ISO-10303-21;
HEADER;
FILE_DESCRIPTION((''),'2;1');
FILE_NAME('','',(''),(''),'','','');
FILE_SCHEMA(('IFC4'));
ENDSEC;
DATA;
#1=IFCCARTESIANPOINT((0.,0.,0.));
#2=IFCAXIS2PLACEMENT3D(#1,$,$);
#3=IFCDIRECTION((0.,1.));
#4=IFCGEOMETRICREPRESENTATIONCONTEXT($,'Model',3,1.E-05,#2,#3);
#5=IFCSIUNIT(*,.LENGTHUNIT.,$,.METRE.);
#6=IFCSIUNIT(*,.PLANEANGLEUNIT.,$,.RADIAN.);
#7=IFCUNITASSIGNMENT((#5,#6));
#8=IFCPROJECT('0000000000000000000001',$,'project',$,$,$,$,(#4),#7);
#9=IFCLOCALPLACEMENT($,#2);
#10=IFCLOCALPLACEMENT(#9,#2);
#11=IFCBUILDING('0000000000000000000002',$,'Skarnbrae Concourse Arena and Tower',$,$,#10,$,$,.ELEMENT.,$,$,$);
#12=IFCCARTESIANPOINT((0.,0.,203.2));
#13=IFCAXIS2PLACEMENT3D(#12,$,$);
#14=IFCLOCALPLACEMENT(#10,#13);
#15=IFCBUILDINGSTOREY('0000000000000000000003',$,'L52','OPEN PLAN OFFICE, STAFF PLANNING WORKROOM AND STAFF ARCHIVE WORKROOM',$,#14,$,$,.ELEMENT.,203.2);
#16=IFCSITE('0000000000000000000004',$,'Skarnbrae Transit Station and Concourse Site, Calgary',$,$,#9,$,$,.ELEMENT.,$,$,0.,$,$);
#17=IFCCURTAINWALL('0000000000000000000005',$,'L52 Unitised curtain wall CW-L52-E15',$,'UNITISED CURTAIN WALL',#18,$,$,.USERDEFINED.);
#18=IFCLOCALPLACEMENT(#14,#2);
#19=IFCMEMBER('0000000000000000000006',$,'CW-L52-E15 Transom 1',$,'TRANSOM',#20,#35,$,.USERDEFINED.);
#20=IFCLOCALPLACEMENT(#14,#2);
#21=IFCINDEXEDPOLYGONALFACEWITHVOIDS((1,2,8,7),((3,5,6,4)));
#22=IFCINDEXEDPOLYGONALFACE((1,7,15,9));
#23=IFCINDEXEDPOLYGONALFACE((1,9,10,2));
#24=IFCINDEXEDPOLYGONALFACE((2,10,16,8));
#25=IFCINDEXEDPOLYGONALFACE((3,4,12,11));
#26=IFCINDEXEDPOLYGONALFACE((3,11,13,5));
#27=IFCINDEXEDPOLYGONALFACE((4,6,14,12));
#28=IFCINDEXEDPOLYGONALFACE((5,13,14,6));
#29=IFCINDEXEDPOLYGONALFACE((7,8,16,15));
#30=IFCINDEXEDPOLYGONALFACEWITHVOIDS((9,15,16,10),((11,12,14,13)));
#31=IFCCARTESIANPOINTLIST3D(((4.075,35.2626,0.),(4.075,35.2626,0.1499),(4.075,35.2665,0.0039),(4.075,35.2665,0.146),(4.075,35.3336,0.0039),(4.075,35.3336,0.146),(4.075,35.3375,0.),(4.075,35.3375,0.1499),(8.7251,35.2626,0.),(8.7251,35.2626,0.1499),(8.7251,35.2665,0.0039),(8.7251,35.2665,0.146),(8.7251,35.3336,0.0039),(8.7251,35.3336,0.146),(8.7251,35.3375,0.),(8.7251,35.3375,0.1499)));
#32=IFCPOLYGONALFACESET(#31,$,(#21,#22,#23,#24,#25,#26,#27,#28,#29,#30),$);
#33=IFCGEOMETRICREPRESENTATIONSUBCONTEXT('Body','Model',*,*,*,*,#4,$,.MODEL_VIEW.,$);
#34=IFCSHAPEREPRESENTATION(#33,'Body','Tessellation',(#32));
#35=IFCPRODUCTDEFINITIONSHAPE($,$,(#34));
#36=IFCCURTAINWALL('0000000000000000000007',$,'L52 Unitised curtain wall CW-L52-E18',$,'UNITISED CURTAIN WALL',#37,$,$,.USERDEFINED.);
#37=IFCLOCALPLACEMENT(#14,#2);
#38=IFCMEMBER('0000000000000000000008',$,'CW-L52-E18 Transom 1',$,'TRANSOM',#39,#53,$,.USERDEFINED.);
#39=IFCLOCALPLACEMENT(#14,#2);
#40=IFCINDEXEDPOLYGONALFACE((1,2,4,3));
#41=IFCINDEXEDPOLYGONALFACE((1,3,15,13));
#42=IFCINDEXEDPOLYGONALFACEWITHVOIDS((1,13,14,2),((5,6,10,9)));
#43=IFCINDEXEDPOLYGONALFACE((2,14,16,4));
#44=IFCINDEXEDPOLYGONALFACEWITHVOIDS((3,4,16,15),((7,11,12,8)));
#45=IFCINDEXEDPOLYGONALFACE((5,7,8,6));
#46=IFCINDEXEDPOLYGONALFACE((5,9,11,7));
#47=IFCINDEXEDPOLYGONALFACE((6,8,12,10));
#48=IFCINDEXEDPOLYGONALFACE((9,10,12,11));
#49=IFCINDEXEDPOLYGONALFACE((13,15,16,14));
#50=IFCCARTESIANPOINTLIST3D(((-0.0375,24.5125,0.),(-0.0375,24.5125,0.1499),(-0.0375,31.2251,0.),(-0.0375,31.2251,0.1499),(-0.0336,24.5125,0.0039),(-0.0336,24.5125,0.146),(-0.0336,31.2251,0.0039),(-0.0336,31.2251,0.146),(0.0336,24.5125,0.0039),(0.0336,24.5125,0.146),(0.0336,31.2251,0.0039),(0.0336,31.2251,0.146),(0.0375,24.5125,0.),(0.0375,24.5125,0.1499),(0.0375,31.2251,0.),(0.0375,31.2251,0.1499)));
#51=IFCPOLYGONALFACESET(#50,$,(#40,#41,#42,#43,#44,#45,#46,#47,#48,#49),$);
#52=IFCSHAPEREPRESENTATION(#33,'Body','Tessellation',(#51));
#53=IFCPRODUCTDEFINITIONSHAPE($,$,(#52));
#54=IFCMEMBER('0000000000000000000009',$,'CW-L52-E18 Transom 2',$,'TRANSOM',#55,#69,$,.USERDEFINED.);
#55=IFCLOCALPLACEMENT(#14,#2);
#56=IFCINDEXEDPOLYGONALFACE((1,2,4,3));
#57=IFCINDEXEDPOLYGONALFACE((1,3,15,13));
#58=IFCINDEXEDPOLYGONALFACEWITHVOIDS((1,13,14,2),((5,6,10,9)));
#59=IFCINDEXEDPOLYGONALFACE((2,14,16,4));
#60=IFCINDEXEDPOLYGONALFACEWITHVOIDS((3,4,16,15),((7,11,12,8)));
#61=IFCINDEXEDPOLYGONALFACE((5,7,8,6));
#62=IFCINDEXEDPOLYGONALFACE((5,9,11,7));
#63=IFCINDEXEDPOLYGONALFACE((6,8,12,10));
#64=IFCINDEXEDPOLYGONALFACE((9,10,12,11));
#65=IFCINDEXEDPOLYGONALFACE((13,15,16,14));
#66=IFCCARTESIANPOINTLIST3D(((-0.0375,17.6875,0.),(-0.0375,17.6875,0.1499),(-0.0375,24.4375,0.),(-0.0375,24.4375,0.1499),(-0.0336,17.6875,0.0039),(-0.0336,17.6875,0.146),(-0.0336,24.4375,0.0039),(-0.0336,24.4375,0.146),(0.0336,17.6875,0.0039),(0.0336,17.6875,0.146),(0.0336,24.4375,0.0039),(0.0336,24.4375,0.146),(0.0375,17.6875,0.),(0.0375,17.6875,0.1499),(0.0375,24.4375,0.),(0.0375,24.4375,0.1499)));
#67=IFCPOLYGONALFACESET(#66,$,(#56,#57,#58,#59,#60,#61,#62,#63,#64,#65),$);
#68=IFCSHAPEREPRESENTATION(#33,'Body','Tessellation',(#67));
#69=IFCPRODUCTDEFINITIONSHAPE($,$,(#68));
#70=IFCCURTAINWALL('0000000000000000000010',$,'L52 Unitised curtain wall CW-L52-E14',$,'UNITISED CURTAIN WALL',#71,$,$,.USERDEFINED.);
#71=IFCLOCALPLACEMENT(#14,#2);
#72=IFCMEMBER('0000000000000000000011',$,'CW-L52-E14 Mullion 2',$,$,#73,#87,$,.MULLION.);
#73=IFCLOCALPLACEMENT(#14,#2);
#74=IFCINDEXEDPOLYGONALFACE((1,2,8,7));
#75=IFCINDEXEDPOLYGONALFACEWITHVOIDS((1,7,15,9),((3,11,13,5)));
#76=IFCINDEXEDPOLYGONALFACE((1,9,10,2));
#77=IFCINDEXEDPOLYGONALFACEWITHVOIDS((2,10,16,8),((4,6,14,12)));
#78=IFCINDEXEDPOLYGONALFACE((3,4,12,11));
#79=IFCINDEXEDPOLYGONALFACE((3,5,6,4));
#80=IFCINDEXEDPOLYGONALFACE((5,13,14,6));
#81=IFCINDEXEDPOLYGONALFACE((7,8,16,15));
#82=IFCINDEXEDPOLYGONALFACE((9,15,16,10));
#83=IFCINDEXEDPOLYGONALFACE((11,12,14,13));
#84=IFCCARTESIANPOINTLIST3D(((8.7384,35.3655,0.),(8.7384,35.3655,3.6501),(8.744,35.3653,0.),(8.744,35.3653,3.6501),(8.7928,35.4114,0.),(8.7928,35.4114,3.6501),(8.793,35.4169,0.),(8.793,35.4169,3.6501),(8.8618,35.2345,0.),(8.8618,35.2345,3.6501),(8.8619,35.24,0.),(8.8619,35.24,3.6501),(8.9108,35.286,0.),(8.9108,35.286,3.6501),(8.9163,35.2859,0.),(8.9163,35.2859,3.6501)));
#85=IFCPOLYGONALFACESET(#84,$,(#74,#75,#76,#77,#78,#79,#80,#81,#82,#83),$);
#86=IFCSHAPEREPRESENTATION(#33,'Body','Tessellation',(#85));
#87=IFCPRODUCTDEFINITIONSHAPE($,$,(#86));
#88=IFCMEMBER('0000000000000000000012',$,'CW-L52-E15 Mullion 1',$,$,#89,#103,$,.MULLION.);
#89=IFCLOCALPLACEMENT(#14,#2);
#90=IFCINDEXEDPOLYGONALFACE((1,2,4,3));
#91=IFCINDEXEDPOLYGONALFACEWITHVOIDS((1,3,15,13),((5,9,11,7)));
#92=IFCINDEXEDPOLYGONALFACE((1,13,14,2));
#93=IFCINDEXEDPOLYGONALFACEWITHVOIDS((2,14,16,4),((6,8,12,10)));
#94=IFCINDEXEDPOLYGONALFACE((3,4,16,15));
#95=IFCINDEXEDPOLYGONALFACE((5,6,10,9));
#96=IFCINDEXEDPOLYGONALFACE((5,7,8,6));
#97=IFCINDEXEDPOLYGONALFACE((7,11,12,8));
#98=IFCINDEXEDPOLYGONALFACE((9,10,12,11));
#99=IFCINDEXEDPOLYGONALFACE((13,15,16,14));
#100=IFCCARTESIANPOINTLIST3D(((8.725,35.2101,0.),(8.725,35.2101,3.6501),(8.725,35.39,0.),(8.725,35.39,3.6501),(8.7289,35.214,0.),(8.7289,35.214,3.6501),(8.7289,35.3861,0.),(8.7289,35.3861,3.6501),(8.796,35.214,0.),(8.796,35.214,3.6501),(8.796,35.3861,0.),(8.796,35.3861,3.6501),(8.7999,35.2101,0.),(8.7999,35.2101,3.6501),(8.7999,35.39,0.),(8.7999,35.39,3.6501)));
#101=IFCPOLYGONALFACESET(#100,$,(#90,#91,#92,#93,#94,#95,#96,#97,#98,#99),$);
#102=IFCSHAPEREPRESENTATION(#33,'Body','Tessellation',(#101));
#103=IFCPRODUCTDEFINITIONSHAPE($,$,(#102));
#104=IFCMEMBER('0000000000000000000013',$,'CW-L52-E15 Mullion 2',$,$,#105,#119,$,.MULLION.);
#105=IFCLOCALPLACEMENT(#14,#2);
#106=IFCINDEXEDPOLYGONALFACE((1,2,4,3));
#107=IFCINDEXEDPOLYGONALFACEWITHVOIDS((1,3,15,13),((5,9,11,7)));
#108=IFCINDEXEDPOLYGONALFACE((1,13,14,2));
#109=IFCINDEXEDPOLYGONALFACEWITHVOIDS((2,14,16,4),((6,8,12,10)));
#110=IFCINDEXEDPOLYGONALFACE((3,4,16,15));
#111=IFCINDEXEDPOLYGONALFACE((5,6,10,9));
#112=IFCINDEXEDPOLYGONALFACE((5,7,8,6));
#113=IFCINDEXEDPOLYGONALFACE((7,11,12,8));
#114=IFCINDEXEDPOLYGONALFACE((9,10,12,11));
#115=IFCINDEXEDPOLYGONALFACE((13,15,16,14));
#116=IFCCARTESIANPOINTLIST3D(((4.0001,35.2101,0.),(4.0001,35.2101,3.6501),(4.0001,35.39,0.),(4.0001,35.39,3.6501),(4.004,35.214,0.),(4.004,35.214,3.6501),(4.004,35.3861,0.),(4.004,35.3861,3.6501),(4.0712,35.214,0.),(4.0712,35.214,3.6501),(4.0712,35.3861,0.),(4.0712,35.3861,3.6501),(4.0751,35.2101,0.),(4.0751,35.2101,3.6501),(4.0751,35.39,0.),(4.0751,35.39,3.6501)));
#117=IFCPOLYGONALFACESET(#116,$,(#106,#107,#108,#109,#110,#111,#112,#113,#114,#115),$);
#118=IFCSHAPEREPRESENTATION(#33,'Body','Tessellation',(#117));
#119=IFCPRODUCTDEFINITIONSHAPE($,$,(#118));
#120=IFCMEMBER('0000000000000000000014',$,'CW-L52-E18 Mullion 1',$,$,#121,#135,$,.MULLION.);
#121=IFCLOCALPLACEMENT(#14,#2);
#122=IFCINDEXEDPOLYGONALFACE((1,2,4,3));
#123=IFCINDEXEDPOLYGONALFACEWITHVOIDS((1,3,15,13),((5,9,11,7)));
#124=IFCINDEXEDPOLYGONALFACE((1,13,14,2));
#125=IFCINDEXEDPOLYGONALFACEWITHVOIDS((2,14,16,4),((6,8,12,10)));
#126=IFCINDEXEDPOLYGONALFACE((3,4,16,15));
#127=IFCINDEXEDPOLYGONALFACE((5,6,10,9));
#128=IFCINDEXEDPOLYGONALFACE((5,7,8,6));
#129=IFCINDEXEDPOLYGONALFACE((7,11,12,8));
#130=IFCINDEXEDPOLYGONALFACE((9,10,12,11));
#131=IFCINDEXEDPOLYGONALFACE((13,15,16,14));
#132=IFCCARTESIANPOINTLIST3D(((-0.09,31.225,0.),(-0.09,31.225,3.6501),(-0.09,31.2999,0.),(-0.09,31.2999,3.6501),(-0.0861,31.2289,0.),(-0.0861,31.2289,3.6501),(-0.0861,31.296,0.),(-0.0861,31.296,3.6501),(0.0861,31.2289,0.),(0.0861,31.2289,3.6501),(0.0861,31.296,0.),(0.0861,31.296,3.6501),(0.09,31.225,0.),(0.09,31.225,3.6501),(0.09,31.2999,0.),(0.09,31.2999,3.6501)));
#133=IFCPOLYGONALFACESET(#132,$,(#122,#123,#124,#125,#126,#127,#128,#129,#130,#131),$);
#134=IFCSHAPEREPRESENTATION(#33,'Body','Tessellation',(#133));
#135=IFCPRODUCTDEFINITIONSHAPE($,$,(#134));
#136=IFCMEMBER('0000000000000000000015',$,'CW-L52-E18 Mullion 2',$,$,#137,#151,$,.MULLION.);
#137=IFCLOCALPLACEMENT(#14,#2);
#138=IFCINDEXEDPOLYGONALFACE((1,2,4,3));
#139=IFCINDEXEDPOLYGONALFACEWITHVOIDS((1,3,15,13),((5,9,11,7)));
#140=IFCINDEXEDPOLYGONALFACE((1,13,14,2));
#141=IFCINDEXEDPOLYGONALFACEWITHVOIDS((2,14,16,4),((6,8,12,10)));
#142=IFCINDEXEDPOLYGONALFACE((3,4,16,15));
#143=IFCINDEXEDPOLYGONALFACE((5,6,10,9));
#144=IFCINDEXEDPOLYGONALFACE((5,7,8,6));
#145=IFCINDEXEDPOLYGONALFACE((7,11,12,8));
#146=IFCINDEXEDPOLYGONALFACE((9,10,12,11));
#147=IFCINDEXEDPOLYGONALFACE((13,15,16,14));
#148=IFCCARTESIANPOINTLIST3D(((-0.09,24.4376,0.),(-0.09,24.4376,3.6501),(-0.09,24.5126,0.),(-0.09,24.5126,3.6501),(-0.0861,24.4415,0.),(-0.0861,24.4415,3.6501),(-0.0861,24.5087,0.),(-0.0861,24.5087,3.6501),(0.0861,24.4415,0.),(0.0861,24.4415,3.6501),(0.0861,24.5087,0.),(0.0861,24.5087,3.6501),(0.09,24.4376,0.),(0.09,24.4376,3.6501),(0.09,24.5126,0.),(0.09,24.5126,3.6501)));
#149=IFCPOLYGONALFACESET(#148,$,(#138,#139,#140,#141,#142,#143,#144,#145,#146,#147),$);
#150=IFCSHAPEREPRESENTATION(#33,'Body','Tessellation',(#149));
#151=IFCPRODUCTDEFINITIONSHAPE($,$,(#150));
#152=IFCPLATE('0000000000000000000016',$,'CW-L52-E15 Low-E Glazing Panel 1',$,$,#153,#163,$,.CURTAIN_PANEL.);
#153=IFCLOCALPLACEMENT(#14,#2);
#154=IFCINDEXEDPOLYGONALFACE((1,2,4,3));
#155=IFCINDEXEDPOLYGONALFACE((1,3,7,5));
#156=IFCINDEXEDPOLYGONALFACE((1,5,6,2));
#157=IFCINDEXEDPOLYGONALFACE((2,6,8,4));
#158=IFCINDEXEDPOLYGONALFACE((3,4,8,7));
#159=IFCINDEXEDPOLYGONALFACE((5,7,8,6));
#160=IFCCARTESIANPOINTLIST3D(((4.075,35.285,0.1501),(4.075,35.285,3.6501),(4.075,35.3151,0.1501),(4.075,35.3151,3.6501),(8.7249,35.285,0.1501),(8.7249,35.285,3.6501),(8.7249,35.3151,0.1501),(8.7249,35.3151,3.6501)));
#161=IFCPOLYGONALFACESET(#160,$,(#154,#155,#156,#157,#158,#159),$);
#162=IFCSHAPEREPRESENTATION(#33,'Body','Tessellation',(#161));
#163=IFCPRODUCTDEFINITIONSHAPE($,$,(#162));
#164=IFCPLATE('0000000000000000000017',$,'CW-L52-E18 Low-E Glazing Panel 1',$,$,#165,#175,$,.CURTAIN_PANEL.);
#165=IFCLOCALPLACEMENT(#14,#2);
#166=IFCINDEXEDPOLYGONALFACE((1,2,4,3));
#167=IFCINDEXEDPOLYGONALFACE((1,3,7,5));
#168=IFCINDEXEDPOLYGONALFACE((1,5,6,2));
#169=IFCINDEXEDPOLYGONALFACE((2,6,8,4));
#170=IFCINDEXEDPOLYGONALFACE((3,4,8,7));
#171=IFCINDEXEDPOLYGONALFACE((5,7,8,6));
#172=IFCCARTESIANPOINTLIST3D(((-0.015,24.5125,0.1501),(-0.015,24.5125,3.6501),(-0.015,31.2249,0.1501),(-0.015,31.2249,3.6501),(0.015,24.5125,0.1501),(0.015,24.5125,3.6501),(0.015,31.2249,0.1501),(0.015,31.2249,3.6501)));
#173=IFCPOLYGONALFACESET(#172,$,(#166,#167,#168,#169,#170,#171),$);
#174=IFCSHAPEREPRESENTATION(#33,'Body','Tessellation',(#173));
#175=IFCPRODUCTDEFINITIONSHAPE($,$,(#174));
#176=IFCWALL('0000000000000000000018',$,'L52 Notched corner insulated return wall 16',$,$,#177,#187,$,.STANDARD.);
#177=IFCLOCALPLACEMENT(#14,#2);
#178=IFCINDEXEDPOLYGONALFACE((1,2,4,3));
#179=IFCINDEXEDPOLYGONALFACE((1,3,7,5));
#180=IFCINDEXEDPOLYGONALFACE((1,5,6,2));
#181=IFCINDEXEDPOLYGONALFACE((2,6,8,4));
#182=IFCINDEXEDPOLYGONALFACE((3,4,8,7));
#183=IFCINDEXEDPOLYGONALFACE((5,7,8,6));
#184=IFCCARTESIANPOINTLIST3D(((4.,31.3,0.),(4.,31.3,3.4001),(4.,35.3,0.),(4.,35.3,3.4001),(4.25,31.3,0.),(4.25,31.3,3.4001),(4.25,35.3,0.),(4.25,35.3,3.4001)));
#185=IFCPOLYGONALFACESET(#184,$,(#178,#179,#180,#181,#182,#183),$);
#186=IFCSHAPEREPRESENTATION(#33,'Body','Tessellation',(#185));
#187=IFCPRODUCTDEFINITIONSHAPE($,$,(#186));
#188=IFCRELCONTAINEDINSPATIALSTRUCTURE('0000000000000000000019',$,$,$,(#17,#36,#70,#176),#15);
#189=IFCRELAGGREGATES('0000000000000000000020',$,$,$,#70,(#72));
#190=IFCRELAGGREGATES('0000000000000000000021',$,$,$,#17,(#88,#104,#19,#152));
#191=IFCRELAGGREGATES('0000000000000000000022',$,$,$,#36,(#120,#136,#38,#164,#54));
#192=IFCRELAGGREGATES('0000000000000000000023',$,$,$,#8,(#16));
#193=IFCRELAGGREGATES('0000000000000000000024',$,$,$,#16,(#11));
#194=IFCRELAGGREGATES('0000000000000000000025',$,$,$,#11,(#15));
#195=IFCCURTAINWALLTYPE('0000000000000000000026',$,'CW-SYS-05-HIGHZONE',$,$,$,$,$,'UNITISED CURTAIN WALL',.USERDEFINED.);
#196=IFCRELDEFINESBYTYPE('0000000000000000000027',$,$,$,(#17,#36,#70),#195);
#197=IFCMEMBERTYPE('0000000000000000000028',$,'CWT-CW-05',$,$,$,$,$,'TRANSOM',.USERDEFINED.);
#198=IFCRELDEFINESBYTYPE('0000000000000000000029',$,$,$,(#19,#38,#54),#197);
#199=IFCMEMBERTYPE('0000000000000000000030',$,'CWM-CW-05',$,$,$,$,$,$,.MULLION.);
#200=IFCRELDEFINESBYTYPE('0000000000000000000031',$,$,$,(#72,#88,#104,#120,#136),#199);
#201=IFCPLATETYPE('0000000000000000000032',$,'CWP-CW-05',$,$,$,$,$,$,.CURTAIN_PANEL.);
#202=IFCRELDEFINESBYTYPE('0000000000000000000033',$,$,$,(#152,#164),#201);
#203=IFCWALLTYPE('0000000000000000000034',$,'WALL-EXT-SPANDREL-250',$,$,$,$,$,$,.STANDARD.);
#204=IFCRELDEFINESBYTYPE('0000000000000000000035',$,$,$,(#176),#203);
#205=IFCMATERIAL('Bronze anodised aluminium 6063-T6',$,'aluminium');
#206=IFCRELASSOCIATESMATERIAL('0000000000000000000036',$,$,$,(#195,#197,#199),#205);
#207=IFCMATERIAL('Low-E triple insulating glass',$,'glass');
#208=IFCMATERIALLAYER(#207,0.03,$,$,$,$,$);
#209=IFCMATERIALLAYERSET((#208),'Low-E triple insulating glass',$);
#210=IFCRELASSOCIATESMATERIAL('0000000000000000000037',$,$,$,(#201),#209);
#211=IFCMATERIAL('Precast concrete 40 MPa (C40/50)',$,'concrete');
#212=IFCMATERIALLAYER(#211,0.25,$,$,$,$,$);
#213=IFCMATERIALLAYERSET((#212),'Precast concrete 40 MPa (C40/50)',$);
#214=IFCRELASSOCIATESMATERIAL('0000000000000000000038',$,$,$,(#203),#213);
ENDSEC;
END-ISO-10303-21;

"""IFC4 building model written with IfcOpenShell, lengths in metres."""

from ifc_helpers import new_model, si_unit, direction, frame, frame_2d, origin, origin_2d, place, context, subcontext, project, spatial, rectangle, hollow_rectangle, extrude, source, transform, mapped, material, layer, layer_set, material_profile, profile_set, type_object, element, aggregate, save


model = new_model("IFC4")

# Units and contexts
model_context = context("Model", 3, precision=1e-05, world=origin(), true_north=direction((0.0, 1.0)))
body_context = subcontext(model_context, "Body", "Model", "MODEL_VIEW")
ifc_project = project(units=[si_unit("LENGTHUNIT", "METRE"), si_unit("PLANEANGLEUNIT", "RADIAN")], contexts=[model_context])

# Site, building, storey
site_placement = place(None, origin())
site = spatial("IfcSite", under=ifc_project, at=site_placement, Name="Skarnbrae Transit Station and Concourse Site, Calgary", CompositionType="ELEMENT", RefElevation=0.0)
building_placement = place(site_placement, origin())
building = spatial("IfcBuilding", under=site, at=building_placement, Name="Skarnbrae Concourse Arena and Tower", CompositionType="ELEMENT")
storey_placement = place(building_placement, frame((0.0, 0.0, 203.2)))
storey = spatial("IfcBuildingStorey", under=building, at=storey_placement, Name="L52", Description="OPEN PLAN OFFICE, STAFF PLANNING WORKROOM AND STAFF ARCHIVE WORKROOM", CompositionType="ELEMENT", Elevation=203.2)

# Curtain wall, member
ifc_material_1 = material(Name="Bronze anodised aluminium 6063-T6", Category="aluminium")
curtain_wall_type = type_object("IfcCurtainWallType", Name="CW-SYS-05-HIGHZONE", ElementType="UNITISED CURTAIN WALL", PredefinedType="USERDEFINED", material=ifc_material_1)
curtain_wall_1_placement = place(storey_placement, origin())
curtain_wall_1 = element("IfcCurtainWall", 1, at=curtain_wall_1_placement, inside=storey, type_object=curtain_wall_type, Name="L52 Unitised curtain wall CW-L52-E15", ObjectType="UNITISED CURTAIN WALL", PredefinedType="USERDEFINED")
ifc_material_profile_1 = material_profile(ifc_material_1, hollow_rectangle(XDim=0.075, YDim=0.1499, WallThickness=0.0039, at=origin_2d()), Name="ALU-TRAN-75X150")
ifc_profile_set_1 = profile_set([ifc_material_profile_1], Name="Bronze anodised aluminium 6063-T6")
member_type_1 = type_object("IfcMemberType", Name="CWT-CW-05", ElementType="TRANSOM", PredefinedType="USERDEFINED", material=ifc_profile_set_1)
shared_shape_1 = source(origin(), body_context, "Body", "SweptSolid", [
    extrude(hollow_rectangle(XDim=0.075, YDim=0.1499, WallThickness=0.0039, at=origin_2d()), origin(), (0.0, 0.0, 1.0), 4.6501),
])
member_1_placement = place(storey_placement, frame((8.7251, 35.3, 0.075), z_axis=(-1.0, 0.0, 0.0), x_axis=(0.0, -1.0, 0.0)))
member_1 = element("IfcMember", 2, at=member_1_placement, type_object=member_type_1, Name="CW-L52-E15 Transom 1", ObjectType="TRANSOM", PredefinedType="USERDEFINED", context=body_context, shape_type="MappedRepresentation", body=[
    mapped(shared_shape_1, transform((0.0, 0.0, 0.0))),
])

# Curtain wall, members
curtain_wall_2_placement = place(storey_placement, origin())
curtain_wall_2 = element("IfcCurtainWall", 3, at=curtain_wall_2_placement, inside=storey, type_object=curtain_wall_type, Name="L52 Unitised curtain wall CW-L52-E18", ObjectType="UNITISED CURTAIN WALL", PredefinedType="USERDEFINED")
shared_shape_2 = source(origin(), body_context, "Body", "SweptSolid", [
    extrude(hollow_rectangle(XDim=0.075, YDim=0.1499, WallThickness=0.0039, at=origin_2d()), origin(), (0.0, 0.0, 1.0), 6.7126),
])
member_2_placement = place(storey_placement, frame((0.0, 31.2251, 0.075), z_axis=(0.0, -1.0, 0.0), x_axis=(1.0, 0.0, 0.0)))
member_2 = element("IfcMember", 4, at=member_2_placement, type_object=member_type_1, Name="CW-L52-E18 Transom 1", ObjectType="TRANSOM", PredefinedType="USERDEFINED", context=body_context, shape_type="MappedRepresentation", body=[
    mapped(shared_shape_2, transform((0.0, 0.0, 0.0))),
])
shared_shape_3 = source(origin(), body_context, "Body", "SweptSolid", [
    extrude(hollow_rectangle(XDim=0.075, YDim=0.1499, WallThickness=0.0039, at=origin_2d()), origin(), (0.0, 0.0, 1.0), 6.75),
])
member_3_placement = place(storey_placement, frame((0.0, 24.4375, 0.075), z_axis=(0.0, -1.0, 0.0), x_axis=(1.0, 0.0, 0.0)))
member_3 = element("IfcMember", 5, at=member_3_placement, type_object=member_type_1, Name="CW-L52-E18 Transom 2", ObjectType="TRANSOM", PredefinedType="USERDEFINED", context=body_context, shape_type="MappedRepresentation", body=[
    mapped(shared_shape_3, transform((0.0, 0.0, 0.0))),
])

# Curtain wall, member
curtain_wall_3_placement = place(storey_placement, origin())
curtain_wall_3 = element("IfcCurtainWall", 6, at=curtain_wall_3_placement, inside=storey, type_object=curtain_wall_type, Name="L52 Unitised curtain wall CW-L52-E14", ObjectType="UNITISED CURTAIN WALL", PredefinedType="USERDEFINED")
ifc_material_profile_2 = material_profile(ifc_material_1, hollow_rectangle(XDim=0.075, YDim=0.1799, WallThickness=0.0039, at=origin_2d()), Name="ALU-MULL-75X180")
ifc_profile_set_2 = profile_set([ifc_material_profile_2], Name="Bronze anodised aluminium 6063-T6")
member_type_2 = type_object("IfcMemberType", Name="CWM-CW-05", PredefinedType="MULLION", material=ifc_profile_set_2)
shared_shape_4 = source(origin(), body_context, "Body", "SweptSolid", [
    extrude(hollow_rectangle(XDim=0.075, YDim=0.1799, WallThickness=0.0039, at=origin_2d()), origin(), (0.0, 0.0, 1.0), 3.6501),
])
member_4_placement = place(storey_placement, frame((8.8274, 35.3257, 0.0), z_axis=(0.0, 0.0, 1.0), x_axis=(-0.728131, -0.685438, 0.0)))
member_4 = element("IfcMember", 7, at=member_4_placement, type_object=member_type_2, Name="CW-L52-E14 Mullion 2", PredefinedType="MULLION", context=body_context, shape_type="MappedRepresentation", body=[
    mapped(shared_shape_4, transform((0.0, 0.0, 0.0))),
])
aggregate(curtain_wall_3, [member_4])

# Members
member_5_placement = place(storey_placement, frame((8.7625, 35.3, 0.0), z_axis=(0.0, 0.0, 1.0), x_axis=(-1.0, 0.0, 0.0)))
member_5 = element("IfcMember", 8, at=member_5_placement, type_object=member_type_2, Name="CW-L52-E15 Mullion 1", PredefinedType="MULLION", context=body_context, shape_type="MappedRepresentation", body=[
    mapped(shared_shape_4, transform((0.0, 0.0, 0.0))),
])
member_6_placement = place(storey_placement, frame((4.0376, 35.3, 0.0), z_axis=(0.0, 0.0, 1.0), x_axis=(-1.0, 0.0, 0.0)))
member_6 = element("IfcMember", 9, at=member_6_placement, type_object=member_type_2, Name="CW-L52-E15 Mullion 2", PredefinedType="MULLION", context=body_context, shape_type="MappedRepresentation", body=[
    mapped(shared_shape_4, transform((0.0, 0.0, 0.0))),
])
member_7_placement = place(storey_placement, frame((0.0, 31.2625, 0.0), z_axis=(0.0, 0.0, 1.0), x_axis=(0.0, -1.0, 0.0)))
member_7 = element("IfcMember", 10, at=member_7_placement, type_object=member_type_2, Name="CW-L52-E18 Mullion 1", PredefinedType="MULLION", context=body_context, shape_type="MappedRepresentation", body=[
    mapped(shared_shape_4, transform((0.0, 0.0, 0.0))),
])
member_8_placement = place(storey_placement, frame((0.0, 24.4751, 0.0), z_axis=(0.0, 0.0, 1.0), x_axis=(0.0, -1.0, 0.0)))
member_8 = element("IfcMember", 11, at=member_8_placement, type_object=member_type_2, Name="CW-L52-E18 Mullion 2", PredefinedType="MULLION", context=body_context, shape_type="MappedRepresentation", body=[
    mapped(shared_shape_4, transform((0.0, 0.0, 0.0))),
])

# Plates
ifc_material_2 = material(Name="Low-E triple insulating glass", Category="glass")
ifc_layer_1 = layer(ifc_material_2, 0.03)
ifc_layer_set_1 = layer_set([ifc_layer_1], Name="Low-E triple insulating glass")
plate_type = type_object("IfcPlateType", Name="CWP-CW-05", PredefinedType="CURTAIN_PANEL", material=ifc_layer_set_1)
shared_shape_5 = source(origin(), body_context, "Body", "SweptSolid", [
    extrude(rectangle(XDim=4.6499, YDim=0.03, at=origin_2d()), origin(), (0.0, 0.0, 1.0), 3.5),
])
plate_1_placement = place(storey_placement, frame((6.3999, 35.3, 0.1501), z_axis=(0.0, 0.0, 1.0), x_axis=(-1.0, 0.0, 0.0)))
plate_1 = element("IfcPlate", 12, at=plate_1_placement, type_object=plate_type, Name="CW-L52-E15 Low-E Glazing Panel 1", PredefinedType="CURTAIN_PANEL", context=body_context, shape_type="MappedRepresentation", body=[
    mapped(shared_shape_5, transform((0.0, 0.0, 0.0))),
])
aggregate(curtain_wall_1, [member_5, member_6, member_1, plate_1])
shared_shape_6 = source(origin(), body_context, "Body", "SweptSolid", [
    extrude(rectangle(XDim=6.7124, YDim=0.03, at=origin_2d()), origin(), (0.0, 0.0, 1.0), 3.5),
])
plate_2_placement = place(storey_placement, frame((0.0, 27.8687, 0.1501), z_axis=(0.0, 0.0, 1.0), x_axis=(0.0, -1.0, 0.0)))
plate_2 = element("IfcPlate", 13, at=plate_2_placement, type_object=plate_type, Name="CW-L52-E18 Low-E Glazing Panel 1", PredefinedType="CURTAIN_PANEL", context=body_context, shape_type="MappedRepresentation", body=[
    mapped(shared_shape_6, transform((0.0, 0.0, 0.0))),
])
aggregate(curtain_wall_2, [member_7, member_8, member_2, plate_2, member_3])

# Wall
ifc_material_3 = material(Name="Precast concrete 40 MPa (C40/50)", Category="concrete")
ifc_layer_2 = layer(ifc_material_3, 0.25)
ifc_layer_set_2 = layer_set([ifc_layer_2], Name="Precast concrete 40 MPa (C40/50)")
wall_type_1 = type_object("IfcWallType", Name="WALL-EXT-SPANDREL-250", PredefinedType="STANDARD", material=ifc_layer_set_2)
shared_shape_7 = source(origin(), body_context, "Body", "SweptSolid", [
    extrude(rectangle(XDim=4.0, YDim=0.25, at=frame_2d((2.0, 0.0))), origin(), (0.0, 0.0, 1.0), 3.4001),
])
for number, where, z_axis, x_axis, name in (
    (14, (4.125, 35.3, 0.0), (0.0, 0.0, 1.0), (0.0, -1.0, 0.0), "L52 Notched corner insulated return wall 16"),
):
    element("IfcWall", number, at=place(storey_placement, frame(where, z_axis=z_axis, x_axis=x_axis)), inside=storey, type_object=wall_type_1, Name=name, PredefinedType="STANDARD", context=body_context, shape_type="MappedRepresentation", body=[
        mapped(shared_shape_7, transform((0.0, 0.0, 0.0))),
    ])

save(model, "model.ifc")
